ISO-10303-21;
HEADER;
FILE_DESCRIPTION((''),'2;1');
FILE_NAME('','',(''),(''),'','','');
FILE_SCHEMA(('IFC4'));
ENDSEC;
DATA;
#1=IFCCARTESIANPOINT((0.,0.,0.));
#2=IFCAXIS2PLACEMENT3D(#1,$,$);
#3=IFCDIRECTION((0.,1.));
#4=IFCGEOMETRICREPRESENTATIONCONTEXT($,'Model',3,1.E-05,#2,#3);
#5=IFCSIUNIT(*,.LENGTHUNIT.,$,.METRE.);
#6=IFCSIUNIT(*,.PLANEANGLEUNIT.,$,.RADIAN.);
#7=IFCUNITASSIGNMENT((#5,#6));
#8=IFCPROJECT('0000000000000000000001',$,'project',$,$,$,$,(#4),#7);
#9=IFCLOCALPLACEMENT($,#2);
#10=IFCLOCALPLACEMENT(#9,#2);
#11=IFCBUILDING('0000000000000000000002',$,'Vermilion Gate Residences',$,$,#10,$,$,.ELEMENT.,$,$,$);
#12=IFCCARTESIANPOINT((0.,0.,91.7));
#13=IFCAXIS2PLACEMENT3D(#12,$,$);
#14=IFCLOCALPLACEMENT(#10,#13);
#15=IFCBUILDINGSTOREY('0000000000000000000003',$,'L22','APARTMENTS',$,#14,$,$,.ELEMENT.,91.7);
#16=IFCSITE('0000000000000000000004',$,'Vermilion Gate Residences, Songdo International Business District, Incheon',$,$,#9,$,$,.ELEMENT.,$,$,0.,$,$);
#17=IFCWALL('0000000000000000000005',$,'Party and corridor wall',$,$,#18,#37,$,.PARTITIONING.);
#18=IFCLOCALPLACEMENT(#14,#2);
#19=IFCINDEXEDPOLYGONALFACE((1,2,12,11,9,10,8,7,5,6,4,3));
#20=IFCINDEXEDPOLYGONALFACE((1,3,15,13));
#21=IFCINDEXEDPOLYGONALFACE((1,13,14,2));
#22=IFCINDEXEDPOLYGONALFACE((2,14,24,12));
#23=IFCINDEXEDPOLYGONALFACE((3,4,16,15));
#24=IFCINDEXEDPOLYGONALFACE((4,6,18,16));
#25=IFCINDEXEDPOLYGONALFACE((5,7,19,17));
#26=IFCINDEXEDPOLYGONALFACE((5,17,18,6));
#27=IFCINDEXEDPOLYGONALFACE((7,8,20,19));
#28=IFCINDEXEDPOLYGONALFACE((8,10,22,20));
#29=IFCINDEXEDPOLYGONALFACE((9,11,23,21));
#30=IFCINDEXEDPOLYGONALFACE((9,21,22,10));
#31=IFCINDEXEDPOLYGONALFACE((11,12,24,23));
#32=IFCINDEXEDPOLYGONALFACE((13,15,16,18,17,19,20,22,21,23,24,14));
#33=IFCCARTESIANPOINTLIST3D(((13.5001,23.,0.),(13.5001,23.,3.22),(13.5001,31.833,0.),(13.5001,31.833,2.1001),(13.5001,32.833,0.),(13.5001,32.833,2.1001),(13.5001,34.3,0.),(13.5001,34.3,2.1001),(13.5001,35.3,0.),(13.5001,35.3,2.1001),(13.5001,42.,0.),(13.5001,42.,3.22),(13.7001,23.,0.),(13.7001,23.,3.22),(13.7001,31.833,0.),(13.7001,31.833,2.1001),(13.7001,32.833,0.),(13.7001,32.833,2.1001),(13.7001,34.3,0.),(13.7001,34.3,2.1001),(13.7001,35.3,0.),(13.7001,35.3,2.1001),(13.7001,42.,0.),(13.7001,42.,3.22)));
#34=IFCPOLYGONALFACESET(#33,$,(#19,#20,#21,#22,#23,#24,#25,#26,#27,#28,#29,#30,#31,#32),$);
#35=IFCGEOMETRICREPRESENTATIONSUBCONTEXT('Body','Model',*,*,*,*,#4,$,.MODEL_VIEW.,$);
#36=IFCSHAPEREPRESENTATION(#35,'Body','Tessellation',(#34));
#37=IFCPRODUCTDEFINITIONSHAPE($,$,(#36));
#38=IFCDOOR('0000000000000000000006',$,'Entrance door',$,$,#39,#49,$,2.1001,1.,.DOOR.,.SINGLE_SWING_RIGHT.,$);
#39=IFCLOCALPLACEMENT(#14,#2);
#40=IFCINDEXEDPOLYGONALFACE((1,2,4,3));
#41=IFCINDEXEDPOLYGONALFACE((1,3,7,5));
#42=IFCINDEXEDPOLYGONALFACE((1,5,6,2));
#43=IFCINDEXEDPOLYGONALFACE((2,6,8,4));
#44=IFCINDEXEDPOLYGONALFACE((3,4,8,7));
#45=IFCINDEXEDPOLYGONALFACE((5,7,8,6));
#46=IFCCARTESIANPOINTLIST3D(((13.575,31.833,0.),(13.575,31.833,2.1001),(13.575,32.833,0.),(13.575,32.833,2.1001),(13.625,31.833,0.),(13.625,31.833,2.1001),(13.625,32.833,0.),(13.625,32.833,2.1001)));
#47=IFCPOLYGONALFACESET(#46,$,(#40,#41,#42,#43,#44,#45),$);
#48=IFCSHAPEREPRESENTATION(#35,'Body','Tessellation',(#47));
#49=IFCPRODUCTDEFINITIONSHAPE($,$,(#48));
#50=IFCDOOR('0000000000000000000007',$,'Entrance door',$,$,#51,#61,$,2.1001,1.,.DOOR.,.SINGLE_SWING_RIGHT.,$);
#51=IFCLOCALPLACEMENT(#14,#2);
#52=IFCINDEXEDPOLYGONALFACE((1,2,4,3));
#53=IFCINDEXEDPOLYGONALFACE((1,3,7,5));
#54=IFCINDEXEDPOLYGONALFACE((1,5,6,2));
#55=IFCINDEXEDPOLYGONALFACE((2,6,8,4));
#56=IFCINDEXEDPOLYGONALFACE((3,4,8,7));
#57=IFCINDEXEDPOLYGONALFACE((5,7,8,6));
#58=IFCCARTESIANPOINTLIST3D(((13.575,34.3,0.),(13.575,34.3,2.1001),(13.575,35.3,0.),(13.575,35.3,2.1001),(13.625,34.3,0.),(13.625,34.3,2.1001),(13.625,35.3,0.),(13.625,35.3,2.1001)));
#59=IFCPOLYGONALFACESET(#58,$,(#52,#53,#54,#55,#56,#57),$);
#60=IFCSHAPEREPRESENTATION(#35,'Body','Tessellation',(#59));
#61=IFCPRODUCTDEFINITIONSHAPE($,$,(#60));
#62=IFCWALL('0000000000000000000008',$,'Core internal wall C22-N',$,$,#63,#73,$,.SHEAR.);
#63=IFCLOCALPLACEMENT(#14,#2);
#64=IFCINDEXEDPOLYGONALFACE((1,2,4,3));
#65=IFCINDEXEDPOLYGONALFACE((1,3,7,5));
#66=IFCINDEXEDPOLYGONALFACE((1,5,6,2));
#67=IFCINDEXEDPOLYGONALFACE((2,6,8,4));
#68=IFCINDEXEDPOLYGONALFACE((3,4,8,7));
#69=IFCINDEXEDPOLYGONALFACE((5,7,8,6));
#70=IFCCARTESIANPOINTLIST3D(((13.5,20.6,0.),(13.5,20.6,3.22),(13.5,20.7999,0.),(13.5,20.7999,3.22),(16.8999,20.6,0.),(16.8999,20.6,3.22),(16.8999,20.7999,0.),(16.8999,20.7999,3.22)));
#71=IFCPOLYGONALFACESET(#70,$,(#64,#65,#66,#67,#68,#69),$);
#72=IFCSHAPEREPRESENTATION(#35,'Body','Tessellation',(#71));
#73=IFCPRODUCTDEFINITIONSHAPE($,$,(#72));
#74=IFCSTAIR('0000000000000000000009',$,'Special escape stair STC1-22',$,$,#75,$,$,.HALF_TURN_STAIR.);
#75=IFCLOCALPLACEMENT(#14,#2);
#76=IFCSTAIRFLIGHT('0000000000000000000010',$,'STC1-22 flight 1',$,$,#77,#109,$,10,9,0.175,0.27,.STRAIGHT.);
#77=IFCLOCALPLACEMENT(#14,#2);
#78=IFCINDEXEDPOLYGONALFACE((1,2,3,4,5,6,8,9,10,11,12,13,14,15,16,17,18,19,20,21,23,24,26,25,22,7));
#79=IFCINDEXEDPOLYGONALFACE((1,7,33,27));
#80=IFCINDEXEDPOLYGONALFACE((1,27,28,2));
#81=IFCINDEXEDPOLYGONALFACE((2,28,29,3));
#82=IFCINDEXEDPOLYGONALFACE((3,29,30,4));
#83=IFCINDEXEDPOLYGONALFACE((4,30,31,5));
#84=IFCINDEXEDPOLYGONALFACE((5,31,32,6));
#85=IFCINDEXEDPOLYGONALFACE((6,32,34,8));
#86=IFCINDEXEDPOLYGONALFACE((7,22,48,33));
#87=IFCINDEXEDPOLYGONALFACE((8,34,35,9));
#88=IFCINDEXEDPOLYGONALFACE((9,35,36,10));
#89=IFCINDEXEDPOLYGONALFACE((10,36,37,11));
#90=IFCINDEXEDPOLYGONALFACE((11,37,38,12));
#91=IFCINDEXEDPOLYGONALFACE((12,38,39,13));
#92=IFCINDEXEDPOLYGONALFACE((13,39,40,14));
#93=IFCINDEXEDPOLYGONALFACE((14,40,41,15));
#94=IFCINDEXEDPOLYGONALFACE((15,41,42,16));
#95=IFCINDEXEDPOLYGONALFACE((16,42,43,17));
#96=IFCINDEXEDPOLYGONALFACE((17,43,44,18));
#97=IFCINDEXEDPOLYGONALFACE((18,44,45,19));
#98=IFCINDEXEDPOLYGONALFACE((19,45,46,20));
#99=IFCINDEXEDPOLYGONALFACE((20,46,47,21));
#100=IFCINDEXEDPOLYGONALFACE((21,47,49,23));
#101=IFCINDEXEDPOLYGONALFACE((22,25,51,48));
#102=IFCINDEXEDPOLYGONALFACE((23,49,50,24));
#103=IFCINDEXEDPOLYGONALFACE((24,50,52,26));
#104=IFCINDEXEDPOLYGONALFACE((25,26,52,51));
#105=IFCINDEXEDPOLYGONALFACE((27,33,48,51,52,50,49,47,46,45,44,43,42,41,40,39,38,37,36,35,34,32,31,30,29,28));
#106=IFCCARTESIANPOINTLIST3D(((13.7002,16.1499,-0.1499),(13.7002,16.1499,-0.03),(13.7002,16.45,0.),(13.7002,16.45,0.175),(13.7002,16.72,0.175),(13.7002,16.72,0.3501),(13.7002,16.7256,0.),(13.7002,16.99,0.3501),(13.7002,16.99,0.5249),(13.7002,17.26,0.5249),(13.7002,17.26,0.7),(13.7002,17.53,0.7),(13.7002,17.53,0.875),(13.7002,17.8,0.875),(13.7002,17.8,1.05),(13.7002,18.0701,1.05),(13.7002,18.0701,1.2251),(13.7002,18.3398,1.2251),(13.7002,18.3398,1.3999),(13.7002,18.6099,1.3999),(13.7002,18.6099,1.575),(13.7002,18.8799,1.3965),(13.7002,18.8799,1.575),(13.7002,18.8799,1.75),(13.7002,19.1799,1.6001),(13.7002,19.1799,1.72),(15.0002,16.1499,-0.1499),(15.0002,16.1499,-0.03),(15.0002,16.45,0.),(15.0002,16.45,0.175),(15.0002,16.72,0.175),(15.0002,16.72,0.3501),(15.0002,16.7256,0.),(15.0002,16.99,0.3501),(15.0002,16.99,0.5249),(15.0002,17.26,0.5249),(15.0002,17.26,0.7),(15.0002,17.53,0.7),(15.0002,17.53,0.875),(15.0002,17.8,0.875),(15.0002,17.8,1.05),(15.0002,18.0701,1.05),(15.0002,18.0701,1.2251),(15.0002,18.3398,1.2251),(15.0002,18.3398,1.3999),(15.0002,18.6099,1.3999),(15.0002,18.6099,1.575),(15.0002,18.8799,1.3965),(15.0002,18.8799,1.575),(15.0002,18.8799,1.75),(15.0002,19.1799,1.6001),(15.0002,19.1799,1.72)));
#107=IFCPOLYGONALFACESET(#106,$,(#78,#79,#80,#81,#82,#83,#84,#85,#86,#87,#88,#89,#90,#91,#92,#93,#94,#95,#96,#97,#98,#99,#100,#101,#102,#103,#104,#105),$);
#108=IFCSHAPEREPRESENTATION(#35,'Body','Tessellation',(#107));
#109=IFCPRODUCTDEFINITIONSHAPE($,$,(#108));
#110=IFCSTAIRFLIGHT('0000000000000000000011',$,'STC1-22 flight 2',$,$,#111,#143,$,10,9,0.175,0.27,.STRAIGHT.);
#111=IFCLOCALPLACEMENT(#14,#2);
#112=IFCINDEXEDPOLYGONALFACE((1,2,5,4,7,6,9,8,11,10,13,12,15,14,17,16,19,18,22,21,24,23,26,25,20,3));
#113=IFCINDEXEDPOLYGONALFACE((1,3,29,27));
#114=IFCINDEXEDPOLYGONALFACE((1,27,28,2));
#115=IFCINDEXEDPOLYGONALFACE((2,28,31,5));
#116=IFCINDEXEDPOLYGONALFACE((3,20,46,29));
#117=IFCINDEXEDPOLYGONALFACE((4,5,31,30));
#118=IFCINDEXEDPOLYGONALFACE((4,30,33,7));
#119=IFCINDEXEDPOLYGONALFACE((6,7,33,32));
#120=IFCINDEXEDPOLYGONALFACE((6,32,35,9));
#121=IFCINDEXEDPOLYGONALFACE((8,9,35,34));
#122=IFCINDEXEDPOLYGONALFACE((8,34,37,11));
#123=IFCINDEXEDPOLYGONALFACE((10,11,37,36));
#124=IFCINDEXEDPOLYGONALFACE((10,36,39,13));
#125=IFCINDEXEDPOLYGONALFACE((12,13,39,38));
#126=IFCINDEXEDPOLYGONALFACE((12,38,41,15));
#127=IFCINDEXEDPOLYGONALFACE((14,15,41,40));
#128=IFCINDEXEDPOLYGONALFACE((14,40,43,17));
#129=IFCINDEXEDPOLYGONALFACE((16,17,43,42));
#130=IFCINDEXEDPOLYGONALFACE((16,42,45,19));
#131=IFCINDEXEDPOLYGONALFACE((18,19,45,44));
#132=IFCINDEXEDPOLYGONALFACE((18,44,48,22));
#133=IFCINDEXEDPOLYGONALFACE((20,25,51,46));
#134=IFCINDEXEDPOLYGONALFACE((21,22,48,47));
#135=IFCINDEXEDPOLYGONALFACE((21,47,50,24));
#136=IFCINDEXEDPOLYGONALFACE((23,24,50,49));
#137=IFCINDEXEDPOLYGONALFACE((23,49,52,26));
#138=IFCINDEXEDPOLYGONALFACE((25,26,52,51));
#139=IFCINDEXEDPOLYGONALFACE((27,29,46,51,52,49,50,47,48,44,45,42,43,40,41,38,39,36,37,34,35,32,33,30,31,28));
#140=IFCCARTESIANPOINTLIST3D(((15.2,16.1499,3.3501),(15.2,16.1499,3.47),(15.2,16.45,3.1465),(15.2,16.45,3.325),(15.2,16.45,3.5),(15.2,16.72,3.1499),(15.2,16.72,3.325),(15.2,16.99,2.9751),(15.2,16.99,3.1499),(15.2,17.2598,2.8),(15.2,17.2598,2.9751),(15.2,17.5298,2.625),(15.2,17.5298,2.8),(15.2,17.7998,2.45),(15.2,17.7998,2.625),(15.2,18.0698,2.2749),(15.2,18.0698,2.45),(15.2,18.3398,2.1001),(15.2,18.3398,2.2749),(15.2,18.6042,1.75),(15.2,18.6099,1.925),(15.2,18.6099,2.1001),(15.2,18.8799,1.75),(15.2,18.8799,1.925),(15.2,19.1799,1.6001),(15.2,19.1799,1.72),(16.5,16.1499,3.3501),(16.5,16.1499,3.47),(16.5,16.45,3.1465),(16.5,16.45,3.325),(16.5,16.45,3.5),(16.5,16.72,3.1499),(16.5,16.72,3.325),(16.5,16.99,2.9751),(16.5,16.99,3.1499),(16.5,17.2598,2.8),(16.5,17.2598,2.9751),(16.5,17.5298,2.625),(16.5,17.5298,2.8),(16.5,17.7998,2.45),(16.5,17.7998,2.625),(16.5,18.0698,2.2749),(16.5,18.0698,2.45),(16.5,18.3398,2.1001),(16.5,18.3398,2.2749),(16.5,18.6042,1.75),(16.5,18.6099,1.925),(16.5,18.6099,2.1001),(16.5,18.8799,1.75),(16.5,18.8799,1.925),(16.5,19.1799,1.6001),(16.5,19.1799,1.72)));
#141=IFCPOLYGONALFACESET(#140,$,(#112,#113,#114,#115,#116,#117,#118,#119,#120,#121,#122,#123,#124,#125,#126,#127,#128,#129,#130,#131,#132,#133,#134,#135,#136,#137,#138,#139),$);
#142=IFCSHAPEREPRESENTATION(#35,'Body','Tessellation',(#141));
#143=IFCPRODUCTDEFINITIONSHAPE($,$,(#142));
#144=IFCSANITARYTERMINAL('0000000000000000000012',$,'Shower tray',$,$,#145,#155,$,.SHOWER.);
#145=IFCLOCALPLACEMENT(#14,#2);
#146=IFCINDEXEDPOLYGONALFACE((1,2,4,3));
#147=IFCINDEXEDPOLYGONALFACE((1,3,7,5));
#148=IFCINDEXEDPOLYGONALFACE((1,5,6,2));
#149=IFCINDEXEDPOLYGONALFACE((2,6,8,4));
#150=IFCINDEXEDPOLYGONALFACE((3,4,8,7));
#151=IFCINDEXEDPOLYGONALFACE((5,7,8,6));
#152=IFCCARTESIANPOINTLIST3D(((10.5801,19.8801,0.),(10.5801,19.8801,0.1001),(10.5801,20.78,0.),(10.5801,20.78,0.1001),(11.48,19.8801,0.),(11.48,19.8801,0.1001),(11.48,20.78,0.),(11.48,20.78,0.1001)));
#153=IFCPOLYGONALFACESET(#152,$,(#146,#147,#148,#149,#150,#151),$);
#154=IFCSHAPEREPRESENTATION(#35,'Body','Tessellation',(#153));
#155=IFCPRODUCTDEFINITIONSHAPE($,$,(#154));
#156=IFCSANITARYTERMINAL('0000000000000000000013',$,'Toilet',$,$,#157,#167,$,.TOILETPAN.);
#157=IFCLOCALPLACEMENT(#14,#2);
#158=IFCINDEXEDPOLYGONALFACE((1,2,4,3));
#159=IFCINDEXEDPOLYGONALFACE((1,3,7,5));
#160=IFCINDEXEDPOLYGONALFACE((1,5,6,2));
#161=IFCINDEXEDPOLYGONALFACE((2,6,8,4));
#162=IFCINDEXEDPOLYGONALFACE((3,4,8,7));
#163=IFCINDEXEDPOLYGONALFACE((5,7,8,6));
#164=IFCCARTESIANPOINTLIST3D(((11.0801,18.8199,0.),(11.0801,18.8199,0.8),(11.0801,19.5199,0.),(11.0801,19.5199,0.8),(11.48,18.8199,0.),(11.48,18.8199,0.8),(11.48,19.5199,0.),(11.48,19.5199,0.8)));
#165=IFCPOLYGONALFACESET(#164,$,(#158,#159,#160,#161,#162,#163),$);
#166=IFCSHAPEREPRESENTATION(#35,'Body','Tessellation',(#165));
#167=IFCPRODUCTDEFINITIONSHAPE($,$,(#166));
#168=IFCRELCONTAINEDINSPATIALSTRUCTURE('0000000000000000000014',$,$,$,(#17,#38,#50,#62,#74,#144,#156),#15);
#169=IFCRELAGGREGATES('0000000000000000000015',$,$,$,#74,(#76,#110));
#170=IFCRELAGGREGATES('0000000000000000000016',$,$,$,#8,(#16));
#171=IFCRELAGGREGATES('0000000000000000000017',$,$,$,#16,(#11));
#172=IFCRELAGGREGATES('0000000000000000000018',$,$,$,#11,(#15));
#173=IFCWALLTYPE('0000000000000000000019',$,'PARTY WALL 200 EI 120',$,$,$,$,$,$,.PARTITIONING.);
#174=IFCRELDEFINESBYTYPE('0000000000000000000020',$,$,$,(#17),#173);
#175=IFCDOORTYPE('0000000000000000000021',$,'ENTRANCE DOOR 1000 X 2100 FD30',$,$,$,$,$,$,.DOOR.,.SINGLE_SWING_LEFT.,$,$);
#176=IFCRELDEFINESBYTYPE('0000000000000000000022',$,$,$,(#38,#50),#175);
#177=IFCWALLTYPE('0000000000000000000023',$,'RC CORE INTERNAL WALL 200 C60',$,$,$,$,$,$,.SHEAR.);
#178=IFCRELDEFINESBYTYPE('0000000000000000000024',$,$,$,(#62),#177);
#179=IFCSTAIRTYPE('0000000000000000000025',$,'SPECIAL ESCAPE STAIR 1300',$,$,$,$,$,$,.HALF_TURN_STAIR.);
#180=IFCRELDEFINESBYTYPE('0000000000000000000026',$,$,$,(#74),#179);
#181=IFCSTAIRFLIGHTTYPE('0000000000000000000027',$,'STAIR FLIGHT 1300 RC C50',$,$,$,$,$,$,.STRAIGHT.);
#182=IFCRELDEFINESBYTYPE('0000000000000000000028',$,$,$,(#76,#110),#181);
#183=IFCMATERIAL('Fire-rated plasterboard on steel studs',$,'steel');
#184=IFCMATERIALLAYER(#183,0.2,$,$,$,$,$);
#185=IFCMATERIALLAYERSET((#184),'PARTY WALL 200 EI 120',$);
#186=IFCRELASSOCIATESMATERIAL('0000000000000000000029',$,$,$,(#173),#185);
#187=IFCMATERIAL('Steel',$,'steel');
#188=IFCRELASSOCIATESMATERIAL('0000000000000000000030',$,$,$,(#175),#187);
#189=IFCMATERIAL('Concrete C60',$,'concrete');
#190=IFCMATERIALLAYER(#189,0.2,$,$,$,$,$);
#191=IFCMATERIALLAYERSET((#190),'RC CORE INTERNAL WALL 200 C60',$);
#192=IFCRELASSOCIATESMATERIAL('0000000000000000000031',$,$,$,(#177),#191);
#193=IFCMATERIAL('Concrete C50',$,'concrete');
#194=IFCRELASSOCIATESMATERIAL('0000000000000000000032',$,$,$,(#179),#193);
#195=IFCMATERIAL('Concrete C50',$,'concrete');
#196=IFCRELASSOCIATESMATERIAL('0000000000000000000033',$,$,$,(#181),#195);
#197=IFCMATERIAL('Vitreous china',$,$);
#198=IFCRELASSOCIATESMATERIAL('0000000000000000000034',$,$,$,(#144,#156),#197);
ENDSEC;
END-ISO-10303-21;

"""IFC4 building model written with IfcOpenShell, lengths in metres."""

from ifc_helpers import new_model, si_unit, direction, frame, frame_2d, origin, origin_2d, place, context, subcontext, project, spatial, polyline, rectangle, outline, extrude, material, layer, layer_set, type_object, element, fill, aggregate, save


model = new_model("IFC4")

# Units and contexts
model_context = context("Model", 3, precision=1e-05, world=origin(), true_north=direction((0.0, 1.0)))
body_context = subcontext(model_context, "Body", "Model", "MODEL_VIEW")
ifc_project = project(units=[si_unit("LENGTHUNIT", "METRE"), si_unit("PLANEANGLEUNIT", "RADIAN")], contexts=[model_context])

# Site, building, storey
site_placement = place(None, origin())
site = spatial("IfcSite", under=ifc_project, at=site_placement, Name="Vermilion Gate Residences, Songdo International Business District, Incheon", CompositionType="ELEMENT", RefElevation=0.0)
building_placement = place(site_placement, origin())
building = spatial("IfcBuilding", under=site, at=building_placement, Name="Vermilion Gate Residences", CompositionType="ELEMENT")
storey_placement = place(building_placement, frame((0.0, 0.0, 91.7)))
storey = spatial("IfcBuildingStorey", under=building, at=storey_placement, Name="L22", Description="APARTMENTS", CompositionType="ELEMENT", Elevation=91.7)

# Shared definitions
ifc_material_1 = material(Name="Fire-rated plasterboard on steel studs", Category="steel")
ifc_layer_1 = layer(ifc_material_1, 0.2)
ifc_layer_set_1 = layer_set([ifc_layer_1], Name="PARTY WALL 200 EI 120")
wall_type_1 = type_object("IfcWallType", Name="PARTY WALL 200 EI 120", PredefinedType="PARTITIONING", material=ifc_layer_set_1)
ifc_material_2 = material(Name="Steel", Category="steel")
door_type_1 = type_object("IfcDoorType", Name="ENTRANCE DOOR 1000 X 2100 FD30", OperationType="SINGLE_SWING_LEFT", PredefinedType="DOOR", material=ifc_material_2)

# Wall, openings, doors
wall_1_placement = place(storey_placement, frame((13.6001, 23.0, 0.0), z_axis=(0.0, 0.0, 1.0), x_axis=(0.0, 1.0, 0.0)))
wall_1 = element("IfcWall", 1, at=wall_1_placement, inside=storey, type_object=wall_type_1, Name="Party and corridor wall", PredefinedType="PARTITIONING", context=body_context, shape_type="SweptSolid", body=[
    extrude(rectangle(XDim=19.0, YDim=0.2, at=frame_2d((9.5, 0.0))), origin(), (0.0, 0.0, 1.0), 3.22),
])
opening_1_placement = place(wall_1_placement, frame((8.833, 0.0, 0.0)))
opening_1 = element("IfcOpeningElement", 2, at=opening_1_placement, cuts=wall_1, PredefinedType="OPENING", context=body_context, shape_type="SweptSolid", body=[
    extrude(rectangle(XDim=1.0, YDim=2.1001, at=frame_2d((0.5, 1.05))), frame((0.0, 0.1099, 0.0), z_axis=(0.0, -1.0, 0.0), x_axis=(1.0, 0.0, 0.0)), (0.0, 0.0, 1.0), 0.22),
])
opening_2_placement = place(wall_1_placement, frame((11.3, 0.0, 0.0)))
opening_2 = element("IfcOpeningElement", 3, at=opening_2_placement, cuts=wall_1, PredefinedType="OPENING", context=body_context, shape_type="SweptSolid", body=[
    extrude(rectangle(XDim=1.0, YDim=2.1001, at=frame_2d((0.5, 1.05))), frame((0.0, 0.1099, 0.0), z_axis=(0.0, -1.0, 0.0), x_axis=(1.0, 0.0, 0.0)), (0.0, 0.0, 1.0), 0.22),
])
door_1_placement = place(opening_1_placement, frame((1.0, 0.0, 0.0), z_axis=(0.0, 0.0, 1.0), x_axis=(-1.0, 0.0, 0.0)))
door_1 = element("IfcDoor", 4, at=door_1_placement, inside=storey, type_object=door_type_1, Name="Entrance door", OperationType="SINGLE_SWING_RIGHT", OverallHeight=2.1001, OverallWidth=1.0, PredefinedType="DOOR", context=body_context, shape_type="SweptSolid", body=[
    extrude(rectangle(XDim=1.0, YDim=2.1001, at=frame_2d((0.5, 1.05))), frame((0.0, 0.0249, 0.0), z_axis=(0.0, -1.0, 0.0), x_axis=(1.0, 0.0, 0.0)), (0.0, 0.0, 1.0), 0.05),
])
fill(opening_1, door_1)
door_2_placement = place(opening_2_placement, frame((1.0, 0.0, 0.0), z_axis=(0.0, 0.0, 1.0), x_axis=(-1.0, 0.0, 0.0)))
door_2 = element("IfcDoor", 5, at=door_2_placement, inside=storey, type_object=door_type_1, Name="Entrance door", OperationType="SINGLE_SWING_RIGHT", OverallHeight=2.1001, OverallWidth=1.0, PredefinedType="DOOR", context=body_context, shape_type="SweptSolid", body=[
    extrude(rectangle(XDim=1.0, YDim=2.1001, at=frame_2d((0.5, 1.05))), frame((0.0, 0.0249, 0.0), z_axis=(0.0, -1.0, 0.0), x_axis=(1.0, 0.0, 0.0)), (0.0, 0.0, 1.0), 0.05),
])
fill(opening_2, door_2)

# Wall
ifc_material_3 = material(Name="Concrete C60", Category="concrete")
ifc_layer_2 = layer(ifc_material_3, 0.2)
ifc_layer_set_2 = layer_set([ifc_layer_2], Name="RC CORE INTERNAL WALL 200 C60")
wall_type_2 = type_object("IfcWallType", Name="RC CORE INTERNAL WALL 200 C60", PredefinedType="SHEAR", material=ifc_layer_set_2)
wall_2_placement = place(storey_placement, frame((13.5, 20.7, 0.0), z_axis=(0.0, 0.0, 1.0), x_axis=(1.0, 0.0, 0.0)))
element("IfcWall", 6, at=wall_2_placement, inside=storey, type_object=wall_type_2, Name="Core internal wall C22-N", PredefinedType="SHEAR", context=body_context, shape_type="SweptSolid", body=[
    extrude(rectangle(XDim=3.3999, YDim=0.2, at=frame_2d((1.7, 0.0))), origin(), (0.0, 0.0, 1.0), 3.22),
])

# Stair, stair flights
ifc_material_4 = material(Name="Concrete C50", Category="concrete")
stair_type = type_object("IfcStairType", Name="SPECIAL ESCAPE STAIR 1300", PredefinedType="HALF_TURN_STAIR", material=ifc_material_4)
stair_placement = place(storey_placement, origin())
stair = element("IfcStair", 7, at=stair_placement, inside=storey, type_object=stair_type, Name="Special escape stair STC1-22", PredefinedType="HALF_TURN_STAIR")
ifc_material_5 = material(Name="Concrete C50", Category="concrete")
stair_flight_type = type_object("IfcStairFlightType", Name="STAIR FLIGHT 1300 RC C50", PredefinedType="STRAIGHT", material=ifc_material_5)
stair_flight_1_placement = place(storey_placement, frame((14.3501, 16.45, 0.0), z_axis=(0.0, 0.0, 1.0), x_axis=(0.0, 1.0, 0.0)))
stair_flight_1 = element("IfcStairFlight", 8, at=stair_flight_1_placement, type_object=stair_flight_type, Name="STC1-22 flight 1", NumberOfRisers=10, NumberOfTreads=9, PredefinedType="STRAIGHT", RiserHeight=0.175, TreadLength=0.27, context=body_context, shape_type="SweptSolid", body=[
    extrude(outline(polyline([(-0.3, -0.1499), (-0.3, -0.03), (0.0, 0.0), (0.0, 0.175), (0.27, 0.175), (0.27, 0.3501), (0.54, 0.3501), (0.54, 0.5249), (0.8101, 0.5249), (0.8101, 0.7), (1.0801, 0.7), (1.0801, 0.875), (1.3501, 0.875), (1.3501, 1.05), (1.6201, 1.05), (1.6201, 1.2251), (1.8899, 1.2251), (1.8899, 1.3999), (2.1599, 1.3999), (2.1599, 1.575), (2.4299, 1.575), (2.4299, 1.75), (2.73, 1.72), (2.73, 1.6001), (2.4299, 1.3965), (0.2756, 0.0), (-0.3, -0.1499)])), frame((0.0, 0.6499, 0.0), z_axis=(0.0, -1.0, 0.0), x_axis=(1.0, 0.0, 0.0)), (0.0, 0.0, 1.0), 1.3),
])
stair_flight_2_placement = place(storey_placement, frame((15.8501, 18.8799, 1.75), z_axis=(0.0, 0.0, 1.0), x_axis=(0.0, -1.0, 0.0)))
stair_flight_2 = element("IfcStairFlight", 9, at=stair_flight_2_placement, type_object=stair_flight_type, Name="STC1-22 flight 2", NumberOfRisers=10, NumberOfTreads=9, PredefinedType="STRAIGHT", RiserHeight=0.175, TreadLength=0.27, context=body_context, shape_type="SweptSolid", body=[
    extrude(outline(polyline([(-0.3, -0.1499), (-0.3, -0.03), (0.0, 0.0), (0.0, 0.175), (0.27, 0.175), (0.27, 0.3501), (0.54, 0.3501), (0.54, 0.5249), (0.8101, 0.5249), (0.8101, 0.7), (1.0801, 0.7), (1.0801, 0.875), (1.3501, 0.875), (1.3501, 1.05), (1.6201, 1.05), (1.6201, 1.2251), (1.8899, 1.2251), (1.8899, 1.3999), (2.1599, 1.3999), (2.1599, 1.575), (2.4299, 1.575), (2.4299, 1.75), (2.73, 1.72), (2.73, 1.6001), (2.4299, 1.3965), (0.2756, 0.0), (-0.3, -0.1499)])), frame((0.0, 0.6499, 0.0), z_axis=(0.0, -1.0, 0.0), x_axis=(1.0, 0.0, 0.0)), (0.0, 0.0, 1.0), 1.3),
])
aggregate(stair, [stair_flight_1, stair_flight_2])

# Sanitary terminals
ifc_material_6 = material(Name="Vitreous china")
sanitary_terminal_1_placement = place(storey_placement, frame((11.03, 20.3301, 0.0), z_axis=(0.0, 0.0, 1.0), x_axis=(1.0, 0.0, 0.0)))
element("IfcSanitaryTerminal", 10, at=sanitary_terminal_1_placement, inside=storey, material=ifc_material_6, Name="Shower tray", PredefinedType="SHOWER", context=body_context, shape_type="SweptSolid", body=[
    extrude(rectangle(XDim=0.8999, YDim=0.8999, at=origin_2d()), origin(), (0.0, 0.0, 1.0), 0.1001),
])
sanitary_terminal_2_placement = place(storey_placement, frame((11.28, 19.1699, 0.0), z_axis=(0.0, 0.0, 1.0), x_axis=(1.0, 0.0, 0.0)))
element("IfcSanitaryTerminal", 11, at=sanitary_terminal_2_placement, inside=storey, material=ifc_material_6, Name="Toilet", PredefinedType="TOILETPAN", context=body_context, shape_type="SweptSolid", body=[
    extrude(rectangle(XDim=0.3999, YDim=0.7, at=origin_2d()), origin(), (0.0, 0.0, 1.0), 0.8),
])

save(model, "model.ifc")
